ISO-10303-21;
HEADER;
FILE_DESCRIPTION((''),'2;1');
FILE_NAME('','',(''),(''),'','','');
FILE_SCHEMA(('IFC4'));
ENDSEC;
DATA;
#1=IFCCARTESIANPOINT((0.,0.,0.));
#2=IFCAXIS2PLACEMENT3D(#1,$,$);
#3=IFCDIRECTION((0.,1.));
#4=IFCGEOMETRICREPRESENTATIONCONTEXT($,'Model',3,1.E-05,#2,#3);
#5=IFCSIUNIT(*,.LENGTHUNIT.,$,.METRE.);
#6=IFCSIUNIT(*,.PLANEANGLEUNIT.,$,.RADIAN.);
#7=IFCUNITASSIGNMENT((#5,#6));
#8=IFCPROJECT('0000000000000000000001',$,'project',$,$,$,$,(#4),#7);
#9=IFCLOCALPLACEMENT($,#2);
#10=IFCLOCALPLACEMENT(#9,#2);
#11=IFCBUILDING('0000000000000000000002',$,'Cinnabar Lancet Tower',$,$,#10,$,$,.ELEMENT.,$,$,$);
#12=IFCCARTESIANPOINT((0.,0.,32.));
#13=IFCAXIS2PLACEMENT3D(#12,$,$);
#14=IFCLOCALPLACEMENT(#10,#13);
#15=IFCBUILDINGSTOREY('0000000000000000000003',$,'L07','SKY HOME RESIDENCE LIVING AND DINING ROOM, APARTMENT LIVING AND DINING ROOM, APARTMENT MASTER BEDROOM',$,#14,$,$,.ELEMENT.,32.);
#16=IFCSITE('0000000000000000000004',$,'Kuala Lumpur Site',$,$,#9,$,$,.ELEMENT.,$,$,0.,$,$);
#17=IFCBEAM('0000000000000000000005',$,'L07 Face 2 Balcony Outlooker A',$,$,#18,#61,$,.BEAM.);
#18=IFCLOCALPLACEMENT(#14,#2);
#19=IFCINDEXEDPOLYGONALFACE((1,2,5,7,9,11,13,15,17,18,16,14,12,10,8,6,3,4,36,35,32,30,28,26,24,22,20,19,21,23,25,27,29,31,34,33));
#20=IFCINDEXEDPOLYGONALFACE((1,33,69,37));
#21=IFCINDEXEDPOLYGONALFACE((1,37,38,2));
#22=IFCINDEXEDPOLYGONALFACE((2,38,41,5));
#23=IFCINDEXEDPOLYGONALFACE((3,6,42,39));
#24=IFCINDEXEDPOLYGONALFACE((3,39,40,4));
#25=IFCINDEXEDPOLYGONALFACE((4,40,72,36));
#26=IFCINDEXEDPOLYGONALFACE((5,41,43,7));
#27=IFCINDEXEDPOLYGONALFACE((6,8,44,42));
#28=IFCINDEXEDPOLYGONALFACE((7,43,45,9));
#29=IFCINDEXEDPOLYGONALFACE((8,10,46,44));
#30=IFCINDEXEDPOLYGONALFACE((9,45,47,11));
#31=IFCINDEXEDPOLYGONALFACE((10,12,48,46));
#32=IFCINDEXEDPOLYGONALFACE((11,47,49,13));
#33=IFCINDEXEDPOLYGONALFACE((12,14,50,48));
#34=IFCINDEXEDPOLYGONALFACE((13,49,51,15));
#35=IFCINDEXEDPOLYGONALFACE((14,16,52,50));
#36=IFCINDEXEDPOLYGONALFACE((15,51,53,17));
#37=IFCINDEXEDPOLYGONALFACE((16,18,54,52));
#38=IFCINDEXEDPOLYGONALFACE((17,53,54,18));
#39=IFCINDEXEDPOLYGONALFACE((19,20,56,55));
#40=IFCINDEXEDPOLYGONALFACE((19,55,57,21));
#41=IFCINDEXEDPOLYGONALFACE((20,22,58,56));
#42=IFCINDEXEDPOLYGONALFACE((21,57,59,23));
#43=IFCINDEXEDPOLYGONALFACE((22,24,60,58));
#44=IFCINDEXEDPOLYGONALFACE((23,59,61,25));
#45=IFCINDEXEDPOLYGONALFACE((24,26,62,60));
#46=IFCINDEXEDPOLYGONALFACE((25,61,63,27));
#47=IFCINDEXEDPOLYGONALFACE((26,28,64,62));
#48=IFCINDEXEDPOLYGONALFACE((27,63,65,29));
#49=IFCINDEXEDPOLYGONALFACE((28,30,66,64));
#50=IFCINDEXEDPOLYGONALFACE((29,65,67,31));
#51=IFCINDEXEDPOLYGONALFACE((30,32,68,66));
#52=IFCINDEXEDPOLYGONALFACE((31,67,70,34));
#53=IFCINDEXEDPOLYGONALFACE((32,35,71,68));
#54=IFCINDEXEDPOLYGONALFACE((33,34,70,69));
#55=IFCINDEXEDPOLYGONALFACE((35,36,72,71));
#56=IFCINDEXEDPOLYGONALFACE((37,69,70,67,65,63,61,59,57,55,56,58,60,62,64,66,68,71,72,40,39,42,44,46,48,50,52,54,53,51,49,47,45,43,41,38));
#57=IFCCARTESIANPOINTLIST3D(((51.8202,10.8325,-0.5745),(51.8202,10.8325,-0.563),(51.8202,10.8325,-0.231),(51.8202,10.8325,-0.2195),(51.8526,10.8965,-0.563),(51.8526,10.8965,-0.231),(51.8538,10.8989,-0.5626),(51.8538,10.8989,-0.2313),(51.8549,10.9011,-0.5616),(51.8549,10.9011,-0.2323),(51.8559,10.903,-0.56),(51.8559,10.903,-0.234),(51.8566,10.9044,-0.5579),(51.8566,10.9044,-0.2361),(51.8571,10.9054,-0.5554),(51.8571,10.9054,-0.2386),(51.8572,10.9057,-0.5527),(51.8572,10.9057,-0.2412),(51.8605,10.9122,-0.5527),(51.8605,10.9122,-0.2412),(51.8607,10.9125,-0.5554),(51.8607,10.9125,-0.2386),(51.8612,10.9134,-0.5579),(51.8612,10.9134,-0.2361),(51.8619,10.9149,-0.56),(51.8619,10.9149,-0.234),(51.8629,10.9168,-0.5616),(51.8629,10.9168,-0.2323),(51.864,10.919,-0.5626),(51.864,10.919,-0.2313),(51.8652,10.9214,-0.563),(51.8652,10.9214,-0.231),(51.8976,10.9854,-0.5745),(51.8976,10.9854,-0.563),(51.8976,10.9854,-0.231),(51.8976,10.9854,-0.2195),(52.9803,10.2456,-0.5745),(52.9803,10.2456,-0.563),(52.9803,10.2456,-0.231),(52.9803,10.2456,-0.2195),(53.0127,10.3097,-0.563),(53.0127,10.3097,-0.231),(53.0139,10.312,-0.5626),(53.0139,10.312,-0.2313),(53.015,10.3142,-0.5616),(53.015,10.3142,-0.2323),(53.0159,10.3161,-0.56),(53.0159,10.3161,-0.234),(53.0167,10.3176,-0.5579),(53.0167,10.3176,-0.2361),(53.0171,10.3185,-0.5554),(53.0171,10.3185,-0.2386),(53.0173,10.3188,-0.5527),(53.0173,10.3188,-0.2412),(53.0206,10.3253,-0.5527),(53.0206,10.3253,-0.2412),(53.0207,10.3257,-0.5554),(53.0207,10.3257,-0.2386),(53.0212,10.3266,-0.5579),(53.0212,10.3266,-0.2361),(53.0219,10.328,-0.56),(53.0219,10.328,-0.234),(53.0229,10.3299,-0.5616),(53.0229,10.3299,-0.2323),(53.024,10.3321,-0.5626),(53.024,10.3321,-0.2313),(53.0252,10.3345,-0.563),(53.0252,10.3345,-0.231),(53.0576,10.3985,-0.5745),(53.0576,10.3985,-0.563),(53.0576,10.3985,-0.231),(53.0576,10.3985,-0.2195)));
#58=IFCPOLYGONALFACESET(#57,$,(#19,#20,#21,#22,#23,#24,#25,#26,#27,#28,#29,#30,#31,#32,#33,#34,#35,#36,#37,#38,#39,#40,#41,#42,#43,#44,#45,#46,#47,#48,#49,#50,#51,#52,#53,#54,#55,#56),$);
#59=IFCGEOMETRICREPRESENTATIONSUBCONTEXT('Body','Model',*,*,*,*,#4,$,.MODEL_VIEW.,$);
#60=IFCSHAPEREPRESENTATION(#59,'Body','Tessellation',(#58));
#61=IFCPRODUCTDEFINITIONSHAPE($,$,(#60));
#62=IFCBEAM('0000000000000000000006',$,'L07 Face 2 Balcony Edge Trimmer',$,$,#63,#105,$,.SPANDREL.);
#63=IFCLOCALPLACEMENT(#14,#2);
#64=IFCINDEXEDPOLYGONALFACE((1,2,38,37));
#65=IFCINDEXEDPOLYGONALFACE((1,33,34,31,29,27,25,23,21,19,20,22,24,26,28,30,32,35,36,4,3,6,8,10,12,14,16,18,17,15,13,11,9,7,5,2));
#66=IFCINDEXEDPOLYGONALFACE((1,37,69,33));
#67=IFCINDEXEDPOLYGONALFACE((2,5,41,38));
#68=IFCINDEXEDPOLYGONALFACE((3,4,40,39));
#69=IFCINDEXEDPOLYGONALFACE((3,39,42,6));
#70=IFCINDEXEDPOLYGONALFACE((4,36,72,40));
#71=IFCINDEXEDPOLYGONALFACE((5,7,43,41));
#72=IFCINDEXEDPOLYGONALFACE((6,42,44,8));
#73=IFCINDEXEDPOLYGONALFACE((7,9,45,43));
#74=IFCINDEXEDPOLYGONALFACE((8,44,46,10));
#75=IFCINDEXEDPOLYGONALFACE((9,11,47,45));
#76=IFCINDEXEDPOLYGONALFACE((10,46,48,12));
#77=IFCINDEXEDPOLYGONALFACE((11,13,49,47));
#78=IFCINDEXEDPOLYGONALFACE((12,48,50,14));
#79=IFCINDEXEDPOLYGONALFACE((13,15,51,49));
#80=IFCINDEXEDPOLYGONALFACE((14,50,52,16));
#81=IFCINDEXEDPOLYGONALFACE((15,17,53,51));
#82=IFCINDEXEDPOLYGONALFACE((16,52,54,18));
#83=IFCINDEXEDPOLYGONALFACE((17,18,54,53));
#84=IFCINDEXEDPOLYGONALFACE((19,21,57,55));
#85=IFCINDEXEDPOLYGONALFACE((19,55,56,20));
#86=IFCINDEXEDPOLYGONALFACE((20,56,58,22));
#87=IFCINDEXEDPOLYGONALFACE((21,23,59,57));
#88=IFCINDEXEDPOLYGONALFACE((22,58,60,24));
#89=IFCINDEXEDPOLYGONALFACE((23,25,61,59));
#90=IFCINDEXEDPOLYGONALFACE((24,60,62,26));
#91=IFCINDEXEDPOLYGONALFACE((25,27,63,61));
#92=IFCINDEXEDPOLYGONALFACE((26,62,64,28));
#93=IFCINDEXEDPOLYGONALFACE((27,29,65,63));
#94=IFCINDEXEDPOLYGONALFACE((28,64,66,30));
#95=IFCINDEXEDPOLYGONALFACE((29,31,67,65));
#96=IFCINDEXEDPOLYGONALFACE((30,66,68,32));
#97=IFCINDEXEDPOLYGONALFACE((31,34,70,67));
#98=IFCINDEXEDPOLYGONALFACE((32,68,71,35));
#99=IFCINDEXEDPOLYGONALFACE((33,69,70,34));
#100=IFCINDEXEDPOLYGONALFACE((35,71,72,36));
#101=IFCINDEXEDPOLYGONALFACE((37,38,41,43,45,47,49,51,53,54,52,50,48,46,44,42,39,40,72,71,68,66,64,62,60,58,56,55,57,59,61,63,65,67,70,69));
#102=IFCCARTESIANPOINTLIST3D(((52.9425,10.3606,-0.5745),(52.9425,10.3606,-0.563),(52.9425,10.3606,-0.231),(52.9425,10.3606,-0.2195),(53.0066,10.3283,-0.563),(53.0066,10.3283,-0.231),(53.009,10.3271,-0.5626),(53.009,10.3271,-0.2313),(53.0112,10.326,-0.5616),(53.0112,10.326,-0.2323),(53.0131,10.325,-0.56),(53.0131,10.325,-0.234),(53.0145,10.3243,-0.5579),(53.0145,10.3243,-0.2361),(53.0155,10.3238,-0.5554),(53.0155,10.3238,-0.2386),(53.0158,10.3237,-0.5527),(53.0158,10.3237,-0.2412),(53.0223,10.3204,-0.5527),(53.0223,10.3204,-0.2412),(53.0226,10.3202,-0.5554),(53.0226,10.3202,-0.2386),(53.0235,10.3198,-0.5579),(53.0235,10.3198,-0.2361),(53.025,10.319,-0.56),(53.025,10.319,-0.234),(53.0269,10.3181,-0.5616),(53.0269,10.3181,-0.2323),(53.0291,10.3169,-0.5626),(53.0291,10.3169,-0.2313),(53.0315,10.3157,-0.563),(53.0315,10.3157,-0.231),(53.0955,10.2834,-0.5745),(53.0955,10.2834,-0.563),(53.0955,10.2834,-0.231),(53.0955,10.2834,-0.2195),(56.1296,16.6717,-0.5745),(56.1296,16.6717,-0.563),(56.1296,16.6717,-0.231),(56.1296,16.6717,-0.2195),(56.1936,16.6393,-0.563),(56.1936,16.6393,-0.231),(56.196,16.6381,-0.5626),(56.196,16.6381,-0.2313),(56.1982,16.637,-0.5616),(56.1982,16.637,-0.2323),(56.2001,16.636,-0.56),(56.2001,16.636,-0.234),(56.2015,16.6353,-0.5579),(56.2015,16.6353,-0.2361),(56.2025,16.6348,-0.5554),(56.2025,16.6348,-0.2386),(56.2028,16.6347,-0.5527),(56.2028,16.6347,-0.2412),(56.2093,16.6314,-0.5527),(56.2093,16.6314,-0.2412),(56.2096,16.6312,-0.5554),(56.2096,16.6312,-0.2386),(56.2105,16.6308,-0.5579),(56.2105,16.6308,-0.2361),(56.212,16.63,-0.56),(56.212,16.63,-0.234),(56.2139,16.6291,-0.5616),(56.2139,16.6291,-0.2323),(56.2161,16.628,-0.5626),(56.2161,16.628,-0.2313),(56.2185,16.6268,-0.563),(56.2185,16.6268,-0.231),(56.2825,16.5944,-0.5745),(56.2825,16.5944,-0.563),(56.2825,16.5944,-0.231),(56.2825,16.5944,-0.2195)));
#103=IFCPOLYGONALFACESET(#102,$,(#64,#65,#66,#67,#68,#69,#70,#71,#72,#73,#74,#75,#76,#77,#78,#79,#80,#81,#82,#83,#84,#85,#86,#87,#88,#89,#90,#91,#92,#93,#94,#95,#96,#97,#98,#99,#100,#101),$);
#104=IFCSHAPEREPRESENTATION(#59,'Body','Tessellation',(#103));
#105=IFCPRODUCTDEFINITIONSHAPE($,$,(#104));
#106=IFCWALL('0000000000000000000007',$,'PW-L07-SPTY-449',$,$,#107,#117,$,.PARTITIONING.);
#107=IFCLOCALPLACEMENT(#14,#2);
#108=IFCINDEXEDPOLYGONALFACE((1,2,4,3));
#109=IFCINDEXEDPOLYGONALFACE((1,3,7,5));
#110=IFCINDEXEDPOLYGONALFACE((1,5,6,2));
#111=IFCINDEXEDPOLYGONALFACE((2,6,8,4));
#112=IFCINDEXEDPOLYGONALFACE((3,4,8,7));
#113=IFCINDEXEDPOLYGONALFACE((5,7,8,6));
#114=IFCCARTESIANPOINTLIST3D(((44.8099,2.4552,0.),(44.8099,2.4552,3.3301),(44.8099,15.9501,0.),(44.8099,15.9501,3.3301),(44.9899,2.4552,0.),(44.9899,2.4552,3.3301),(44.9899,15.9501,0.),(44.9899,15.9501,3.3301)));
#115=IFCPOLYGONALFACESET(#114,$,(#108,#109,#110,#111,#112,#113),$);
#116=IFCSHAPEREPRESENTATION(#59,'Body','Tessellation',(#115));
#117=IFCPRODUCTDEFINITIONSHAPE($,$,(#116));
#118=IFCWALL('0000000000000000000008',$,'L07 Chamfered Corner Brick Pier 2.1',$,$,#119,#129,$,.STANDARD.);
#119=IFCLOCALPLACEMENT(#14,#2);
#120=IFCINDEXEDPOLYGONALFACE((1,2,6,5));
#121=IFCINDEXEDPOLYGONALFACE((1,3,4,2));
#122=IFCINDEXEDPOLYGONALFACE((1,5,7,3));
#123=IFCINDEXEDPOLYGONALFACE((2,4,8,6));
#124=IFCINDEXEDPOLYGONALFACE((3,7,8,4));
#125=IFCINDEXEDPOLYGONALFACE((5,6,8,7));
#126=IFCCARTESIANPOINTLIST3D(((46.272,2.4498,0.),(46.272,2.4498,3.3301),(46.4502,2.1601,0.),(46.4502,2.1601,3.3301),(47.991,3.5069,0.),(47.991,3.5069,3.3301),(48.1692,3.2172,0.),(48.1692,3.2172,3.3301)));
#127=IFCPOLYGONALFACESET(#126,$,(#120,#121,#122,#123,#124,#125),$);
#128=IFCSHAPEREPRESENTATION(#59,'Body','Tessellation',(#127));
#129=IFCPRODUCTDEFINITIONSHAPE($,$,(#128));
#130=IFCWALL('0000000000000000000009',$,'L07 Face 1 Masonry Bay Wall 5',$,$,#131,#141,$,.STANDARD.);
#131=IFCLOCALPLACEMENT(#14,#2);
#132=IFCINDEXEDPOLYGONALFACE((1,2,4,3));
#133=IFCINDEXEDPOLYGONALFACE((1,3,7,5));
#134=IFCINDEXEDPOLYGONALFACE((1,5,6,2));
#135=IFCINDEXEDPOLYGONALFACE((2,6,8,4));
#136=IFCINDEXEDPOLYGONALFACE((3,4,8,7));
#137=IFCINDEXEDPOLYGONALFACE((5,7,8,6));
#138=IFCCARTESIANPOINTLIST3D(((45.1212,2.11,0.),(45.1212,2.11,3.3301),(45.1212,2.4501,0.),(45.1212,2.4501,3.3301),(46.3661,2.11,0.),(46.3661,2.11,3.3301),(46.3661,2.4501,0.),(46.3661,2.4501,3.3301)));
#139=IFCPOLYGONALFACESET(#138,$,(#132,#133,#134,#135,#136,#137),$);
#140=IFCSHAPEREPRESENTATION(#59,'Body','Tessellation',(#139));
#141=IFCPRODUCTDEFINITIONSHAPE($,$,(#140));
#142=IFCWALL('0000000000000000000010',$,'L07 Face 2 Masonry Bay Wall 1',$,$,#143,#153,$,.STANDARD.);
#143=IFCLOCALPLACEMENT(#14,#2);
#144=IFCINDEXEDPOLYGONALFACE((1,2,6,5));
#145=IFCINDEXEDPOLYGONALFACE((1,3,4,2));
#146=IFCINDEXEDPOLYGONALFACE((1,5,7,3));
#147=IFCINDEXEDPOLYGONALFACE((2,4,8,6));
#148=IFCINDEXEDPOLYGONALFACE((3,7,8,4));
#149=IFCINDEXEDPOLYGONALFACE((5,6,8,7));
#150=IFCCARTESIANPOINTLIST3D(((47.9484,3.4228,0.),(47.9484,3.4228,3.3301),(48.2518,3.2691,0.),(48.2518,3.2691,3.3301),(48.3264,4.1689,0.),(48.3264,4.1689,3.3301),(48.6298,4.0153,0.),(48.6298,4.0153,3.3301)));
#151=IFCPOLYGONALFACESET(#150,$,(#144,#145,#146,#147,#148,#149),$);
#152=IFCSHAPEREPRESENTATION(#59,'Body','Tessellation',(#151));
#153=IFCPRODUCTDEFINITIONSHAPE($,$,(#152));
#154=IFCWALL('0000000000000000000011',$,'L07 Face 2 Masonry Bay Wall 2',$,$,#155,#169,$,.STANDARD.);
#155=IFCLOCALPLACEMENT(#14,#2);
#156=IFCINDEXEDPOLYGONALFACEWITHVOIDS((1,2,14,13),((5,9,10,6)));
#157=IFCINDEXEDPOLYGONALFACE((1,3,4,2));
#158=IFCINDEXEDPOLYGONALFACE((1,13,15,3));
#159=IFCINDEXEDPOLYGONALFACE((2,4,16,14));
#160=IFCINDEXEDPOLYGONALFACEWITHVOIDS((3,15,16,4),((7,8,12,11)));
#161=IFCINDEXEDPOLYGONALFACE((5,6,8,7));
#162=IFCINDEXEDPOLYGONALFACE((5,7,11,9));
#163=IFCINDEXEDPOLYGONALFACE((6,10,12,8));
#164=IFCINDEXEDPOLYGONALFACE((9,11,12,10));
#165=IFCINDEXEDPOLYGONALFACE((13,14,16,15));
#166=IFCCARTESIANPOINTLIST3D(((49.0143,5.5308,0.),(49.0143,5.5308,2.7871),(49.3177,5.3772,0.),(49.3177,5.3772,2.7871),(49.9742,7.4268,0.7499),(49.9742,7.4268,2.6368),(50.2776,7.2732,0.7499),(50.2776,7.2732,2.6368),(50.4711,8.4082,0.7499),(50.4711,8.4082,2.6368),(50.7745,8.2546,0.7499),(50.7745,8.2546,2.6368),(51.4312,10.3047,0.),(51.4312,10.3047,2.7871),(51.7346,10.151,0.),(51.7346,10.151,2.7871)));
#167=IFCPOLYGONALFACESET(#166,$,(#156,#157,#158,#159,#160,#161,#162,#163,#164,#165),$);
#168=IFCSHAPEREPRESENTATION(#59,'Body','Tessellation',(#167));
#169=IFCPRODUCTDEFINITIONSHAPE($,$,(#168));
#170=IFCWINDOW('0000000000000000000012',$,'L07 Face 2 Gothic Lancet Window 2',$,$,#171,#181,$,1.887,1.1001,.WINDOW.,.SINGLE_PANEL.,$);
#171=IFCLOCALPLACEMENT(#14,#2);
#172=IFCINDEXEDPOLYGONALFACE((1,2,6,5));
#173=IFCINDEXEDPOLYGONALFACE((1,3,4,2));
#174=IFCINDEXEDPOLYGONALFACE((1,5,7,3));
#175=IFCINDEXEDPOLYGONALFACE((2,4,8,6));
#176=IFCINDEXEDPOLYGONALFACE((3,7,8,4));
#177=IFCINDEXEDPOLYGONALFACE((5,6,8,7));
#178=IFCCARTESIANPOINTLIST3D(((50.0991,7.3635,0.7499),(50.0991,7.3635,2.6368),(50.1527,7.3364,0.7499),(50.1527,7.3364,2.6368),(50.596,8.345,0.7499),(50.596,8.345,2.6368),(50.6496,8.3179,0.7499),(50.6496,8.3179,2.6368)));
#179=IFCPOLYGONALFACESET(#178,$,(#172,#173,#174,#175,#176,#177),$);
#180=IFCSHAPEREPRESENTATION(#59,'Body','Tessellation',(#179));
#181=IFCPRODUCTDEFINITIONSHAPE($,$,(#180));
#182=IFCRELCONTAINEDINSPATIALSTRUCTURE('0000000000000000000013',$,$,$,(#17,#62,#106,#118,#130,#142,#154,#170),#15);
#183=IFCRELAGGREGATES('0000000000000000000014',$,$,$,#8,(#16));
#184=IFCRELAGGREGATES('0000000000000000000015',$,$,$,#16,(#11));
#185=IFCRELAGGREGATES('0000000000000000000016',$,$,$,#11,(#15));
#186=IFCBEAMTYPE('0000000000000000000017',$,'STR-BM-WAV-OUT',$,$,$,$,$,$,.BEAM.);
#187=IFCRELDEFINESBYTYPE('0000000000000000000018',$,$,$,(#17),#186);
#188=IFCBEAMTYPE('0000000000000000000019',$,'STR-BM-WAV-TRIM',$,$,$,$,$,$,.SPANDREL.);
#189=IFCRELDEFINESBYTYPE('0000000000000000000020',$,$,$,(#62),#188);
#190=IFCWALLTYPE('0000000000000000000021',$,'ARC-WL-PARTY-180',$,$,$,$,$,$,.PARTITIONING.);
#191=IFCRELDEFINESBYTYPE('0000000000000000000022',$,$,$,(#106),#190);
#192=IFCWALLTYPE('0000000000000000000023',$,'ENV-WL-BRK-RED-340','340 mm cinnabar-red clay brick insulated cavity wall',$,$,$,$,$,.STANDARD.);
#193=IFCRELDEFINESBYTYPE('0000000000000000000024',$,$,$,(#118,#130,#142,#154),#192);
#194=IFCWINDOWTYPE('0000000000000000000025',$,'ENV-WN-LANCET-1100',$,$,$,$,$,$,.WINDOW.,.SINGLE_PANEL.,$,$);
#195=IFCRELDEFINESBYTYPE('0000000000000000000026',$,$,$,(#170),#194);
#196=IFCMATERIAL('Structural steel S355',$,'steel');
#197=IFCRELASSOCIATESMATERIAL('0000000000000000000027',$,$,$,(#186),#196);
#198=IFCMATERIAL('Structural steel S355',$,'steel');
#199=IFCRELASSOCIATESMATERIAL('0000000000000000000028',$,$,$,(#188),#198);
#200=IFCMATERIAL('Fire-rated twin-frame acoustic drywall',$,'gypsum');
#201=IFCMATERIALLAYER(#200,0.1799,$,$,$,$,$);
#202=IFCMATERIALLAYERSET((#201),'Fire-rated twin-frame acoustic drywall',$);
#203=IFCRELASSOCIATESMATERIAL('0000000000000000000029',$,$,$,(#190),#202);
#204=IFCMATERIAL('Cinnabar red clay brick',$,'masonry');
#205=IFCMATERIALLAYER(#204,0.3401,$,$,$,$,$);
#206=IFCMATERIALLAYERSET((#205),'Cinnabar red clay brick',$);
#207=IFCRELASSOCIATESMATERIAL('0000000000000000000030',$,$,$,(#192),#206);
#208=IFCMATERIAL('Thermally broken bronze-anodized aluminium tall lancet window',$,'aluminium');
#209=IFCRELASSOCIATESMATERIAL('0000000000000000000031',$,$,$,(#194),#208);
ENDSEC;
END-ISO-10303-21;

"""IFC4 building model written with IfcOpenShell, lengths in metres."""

from ifc_helpers import new_model, si_unit, direction, frame, frame_2d, origin, origin_2d, place, context, subcontext, project, spatial, rectangle, i_section, extrude, material, layer, layer_set, material_profile, profile_set, type_object, element, fill, save


model = new_model("IFC4")

# Units and contexts
model_context = context("Model", 3, precision=1e-05, world=origin(), true_north=direction((0.0, 1.0)))
body_context = subcontext(model_context, "Body", "Model", "MODEL_VIEW")
ifc_project = project(units=[si_unit("LENGTHUNIT", "METRE"), si_unit("PLANEANGLEUNIT", "RADIAN")], contexts=[model_context])

# Site, building, storey
site_placement = place(None, origin())
site = spatial("IfcSite", under=ifc_project, at=site_placement, Name="Kuala Lumpur Site", CompositionType="ELEMENT", RefElevation=0.0)
building_placement = place(site_placement, origin())
building = spatial("IfcBuilding", under=site, at=building_placement, Name="Cinnabar Lancet Tower", CompositionType="ELEMENT")
storey_placement = place(building_placement, frame((0.0, 0.0, 32.0)))
storey = spatial("IfcBuildingStorey", under=building, at=storey_placement, Name="L07", Description="SKY HOME RESIDENCE LIVING AND DINING ROOM, APARTMENT LIVING AND DINING ROOM, APARTMENT MASTER BEDROOM", CompositionType="ELEMENT", Elevation=32.0)

# Beams
ifc_material_1 = material(Name="Structural steel S355", Category="steel")
ifc_material_profile_1 = material_profile(ifc_material_1, i_section(OverallWidth=0.1714, OverallDepth=0.355, WebThickness=0.0073, FlangeThickness=0.0115, FilletRadius=0.0103, at=origin_2d()), Name="UKB 356x171x51")
ifc_profile_set_1 = profile_set([ifc_material_profile_1], Name="Structural steel S355")
beam_type_1 = type_object("IfcBeamType", Name="STR-BM-WAV-OUT", PredefinedType="BEAM", material=ifc_profile_set_1)
beam_1_placement = place(storey_placement, frame((51.8589, 10.9089, -0.397), z_axis=(0.892314, -0.451415, 0.0), x_axis=(0.451415, 0.892314, 0.0)))
element("IfcBeam", 1, at=beam_1_placement, inside=storey, type_object=beam_type_1, Name="L07 Face 2 Balcony Outlooker A", PredefinedType="BEAM", context=body_context, shape_type="SweptSolid", body=[
    extrude(i_section(OverallWidth=0.1714, OverallDepth=0.355, WebThickness=0.0073, FlangeThickness=0.0115, FilletRadius=0.0103, at=origin_2d()), origin(), (0.0, 0.0, 1.0), 1.3),
])
ifc_material_2 = material(Name="Structural steel S355", Category="steel")
ifc_material_profile_2 = material_profile(ifc_material_2, i_section(OverallWidth=0.1714, OverallDepth=0.355, WebThickness=0.0073, FlangeThickness=0.0115, FilletRadius=0.0103, at=origin_2d()), Name="UKB 356x171x51")
ifc_profile_set_2 = profile_set([ifc_material_profile_2], Name="Structural steel S355")
beam_type_2 = type_object("IfcBeamType", Name="STR-BM-WAV-TRIM", PredefinedType="SPANDREL", material=ifc_profile_set_2)
beam_2_placement = place(storey_placement, frame((53.019, 10.322, -0.397), z_axis=(0.450774, 0.892638, 0.0), x_axis=(-0.892638, 0.450774, 0.0)))
element("IfcBeam", 2, at=beam_2_placement, inside=storey, type_object=beam_type_2, Name="L07 Face 2 Balcony Edge Trimmer", PredefinedType="SPANDREL", context=body_context, shape_type="SweptSolid", body=[
    extrude(i_section(OverallWidth=0.1714, OverallDepth=0.355, WebThickness=0.0073, FlangeThickness=0.0115, FilletRadius=0.0103, at=origin_2d()), origin(), (0.0, 0.0, 1.0), 7.0701),
])

# Walls
ifc_material_3 = material(Name="Fire-rated twin-frame acoustic drywall", Category="gypsum")
ifc_layer_1 = layer(ifc_material_3, 0.1799)
ifc_layer_set_1 = layer_set([ifc_layer_1], Name="Fire-rated twin-frame acoustic drywall")
wall_type_1 = type_object("IfcWallType", Name="ARC-WL-PARTY-180", PredefinedType="PARTITIONING", material=ifc_layer_set_1)
wall_1_placement = place(storey_placement, frame((44.8999, 2.4551, 0.0), z_axis=(0.0, 0.0, 1.0), x_axis=(0.0, 1.0, 0.0)))
element("IfcWall", 3, at=wall_1_placement, inside=storey, type_object=wall_type_1, Name="PW-L07-SPTY-449", PredefinedType="PARTITIONING", context=body_context, shape_type="SweptSolid", body=[
    extrude(rectangle(XDim=13.4949, YDim=0.1799, at=frame_2d((6.7476, 0.0))), origin(), (0.0, 0.0, 1.0), 3.3301),
])
ifc_material_4 = material(Name="Cinnabar red clay brick", Category="masonry")
ifc_layer_2 = layer(ifc_material_4, 0.3401)
ifc_layer_set_2 = layer_set([ifc_layer_2], Name="Cinnabar red clay brick")
wall_type_2 = type_object("IfcWallType", Name="ENV-WL-BRK-RED-340", Description="340 mm cinnabar-red clay brick insulated cavity wall", PredefinedType="STANDARD", material=ifc_layer_set_2)
wall_2_placement = place(storey_placement, frame((46.3611, 2.3049, 0.0), z_axis=(0.0, 0.0, 1.0), x_axis=(0.851816, 0.523841, 0.0)))
element("IfcWall", 4, at=wall_2_placement, inside=storey, type_object=wall_type_2, Name="L07 Chamfered Corner Brick Pier 2.1", PredefinedType="STANDARD", context=body_context, shape_type="SweptSolid", body=[
    extrude(rectangle(XDim=2.0181, YDim=0.3401, at=frame_2d((1.009, 0.0))), origin(), (0.0, 0.0, 1.0), 3.3301),
])
wall_3_placement = place(storey_placement, frame((45.1211, 2.28, 0.0), z_axis=(0.0, 0.0, 1.0), x_axis=(1.0, 0.0, 0.0)))
element("IfcWall", 5, at=wall_3_placement, inside=storey, type_object=wall_type_2, Name="L07 Face 1 Masonry Bay Wall 5", PredefinedType="STANDARD", context=body_context, shape_type="SweptSolid", body=[
    extrude(rectangle(XDim=1.2449, YDim=0.3401, at=frame_2d((0.6226, 0.0))), origin(), (0.0, 0.0, 1.0), 3.3301),
])
wall_4_placement = place(storey_placement, frame((48.1001, 3.3459, 0.0), z_axis=(0.0, 0.0, 1.0), x_axis=(0.451878, 0.89208, 0.0)))
element("IfcWall", 6, at=wall_4_placement, inside=storey, type_object=wall_type_2, Name="L07 Face 2 Masonry Bay Wall 1", PredefinedType="STANDARD", context=body_context, shape_type="SweptSolid", body=[
    extrude(rectangle(XDim=0.8364, YDim=0.3401, at=frame_2d((0.4182, 0.0))), origin(), (0.0, 0.0, 1.0), 3.3301),
])

# Wall, opening, window
wall_5_placement = place(storey_placement, frame((49.166, 5.4541, 0.0), z_axis=(0.0, 0.0, 1.0), x_axis=(0.451698, 0.892171, 0.0)))
wall_5 = element("IfcWall", 7, at=wall_5_placement, inside=storey, type_object=wall_type_2, Name="L07 Face 2 Masonry Bay Wall 2", PredefinedType="STANDARD", context=body_context, shape_type="SweptSolid", body=[
    extrude(rectangle(XDim=5.3508, YDim=0.3401, at=frame_2d((2.6753, 0.0))), origin(), (0.0, 0.0, 1.0), 2.7871),
])
opening_1_placement = place(wall_5_placement, frame((2.125, 0.0, 0.75)))
opening_1 = element("IfcOpeningElement", 8, at=opening_1_placement, cuts=wall_5, PredefinedType="OPENING", context=body_context, shape_type="SweptSolid", body=[
    extrude(rectangle(XDim=1.1001, YDim=1.887, at=frame_2d((0.55, 0.9434))), frame((0.0, 0.1799, 0.0), z_axis=(0.0, -1.0, 0.0), x_axis=(1.0, 0.0, 0.0)), (0.0, 0.0, 1.0), 0.3601),
])
ifc_material_5 = material(Name="Thermally broken bronze-anodized aluminium tall lancet window", Category="aluminium")
window_type = type_object("IfcWindowType", Name="ENV-WN-LANCET-1100", PartitioningType="SINGLE_PANEL", PredefinedType="WINDOW", material=ifc_material_5)
window_placement = place(opening_1_placement, origin())
window = element("IfcWindow", 9, at=window_placement, inside=storey, type_object=window_type, Name="L07 Face 2 Gothic Lancet Window 2", OverallHeight=1.887, OverallWidth=1.1001, PartitioningType="SINGLE_PANEL", PredefinedType="WINDOW", context=body_context, shape_type="SweptSolid", body=[
    extrude(rectangle(XDim=1.1001, YDim=1.887, at=frame_2d((0.55, 0.9434))), frame((0.0, 0.03, 0.0), z_axis=(0.0, -1.0, 0.0), x_axis=(1.0, 0.0, 0.0)), (0.0, 0.0, 1.0), 0.0601),
])
fill(opening_1, window)

save(model, "model.ifc")
